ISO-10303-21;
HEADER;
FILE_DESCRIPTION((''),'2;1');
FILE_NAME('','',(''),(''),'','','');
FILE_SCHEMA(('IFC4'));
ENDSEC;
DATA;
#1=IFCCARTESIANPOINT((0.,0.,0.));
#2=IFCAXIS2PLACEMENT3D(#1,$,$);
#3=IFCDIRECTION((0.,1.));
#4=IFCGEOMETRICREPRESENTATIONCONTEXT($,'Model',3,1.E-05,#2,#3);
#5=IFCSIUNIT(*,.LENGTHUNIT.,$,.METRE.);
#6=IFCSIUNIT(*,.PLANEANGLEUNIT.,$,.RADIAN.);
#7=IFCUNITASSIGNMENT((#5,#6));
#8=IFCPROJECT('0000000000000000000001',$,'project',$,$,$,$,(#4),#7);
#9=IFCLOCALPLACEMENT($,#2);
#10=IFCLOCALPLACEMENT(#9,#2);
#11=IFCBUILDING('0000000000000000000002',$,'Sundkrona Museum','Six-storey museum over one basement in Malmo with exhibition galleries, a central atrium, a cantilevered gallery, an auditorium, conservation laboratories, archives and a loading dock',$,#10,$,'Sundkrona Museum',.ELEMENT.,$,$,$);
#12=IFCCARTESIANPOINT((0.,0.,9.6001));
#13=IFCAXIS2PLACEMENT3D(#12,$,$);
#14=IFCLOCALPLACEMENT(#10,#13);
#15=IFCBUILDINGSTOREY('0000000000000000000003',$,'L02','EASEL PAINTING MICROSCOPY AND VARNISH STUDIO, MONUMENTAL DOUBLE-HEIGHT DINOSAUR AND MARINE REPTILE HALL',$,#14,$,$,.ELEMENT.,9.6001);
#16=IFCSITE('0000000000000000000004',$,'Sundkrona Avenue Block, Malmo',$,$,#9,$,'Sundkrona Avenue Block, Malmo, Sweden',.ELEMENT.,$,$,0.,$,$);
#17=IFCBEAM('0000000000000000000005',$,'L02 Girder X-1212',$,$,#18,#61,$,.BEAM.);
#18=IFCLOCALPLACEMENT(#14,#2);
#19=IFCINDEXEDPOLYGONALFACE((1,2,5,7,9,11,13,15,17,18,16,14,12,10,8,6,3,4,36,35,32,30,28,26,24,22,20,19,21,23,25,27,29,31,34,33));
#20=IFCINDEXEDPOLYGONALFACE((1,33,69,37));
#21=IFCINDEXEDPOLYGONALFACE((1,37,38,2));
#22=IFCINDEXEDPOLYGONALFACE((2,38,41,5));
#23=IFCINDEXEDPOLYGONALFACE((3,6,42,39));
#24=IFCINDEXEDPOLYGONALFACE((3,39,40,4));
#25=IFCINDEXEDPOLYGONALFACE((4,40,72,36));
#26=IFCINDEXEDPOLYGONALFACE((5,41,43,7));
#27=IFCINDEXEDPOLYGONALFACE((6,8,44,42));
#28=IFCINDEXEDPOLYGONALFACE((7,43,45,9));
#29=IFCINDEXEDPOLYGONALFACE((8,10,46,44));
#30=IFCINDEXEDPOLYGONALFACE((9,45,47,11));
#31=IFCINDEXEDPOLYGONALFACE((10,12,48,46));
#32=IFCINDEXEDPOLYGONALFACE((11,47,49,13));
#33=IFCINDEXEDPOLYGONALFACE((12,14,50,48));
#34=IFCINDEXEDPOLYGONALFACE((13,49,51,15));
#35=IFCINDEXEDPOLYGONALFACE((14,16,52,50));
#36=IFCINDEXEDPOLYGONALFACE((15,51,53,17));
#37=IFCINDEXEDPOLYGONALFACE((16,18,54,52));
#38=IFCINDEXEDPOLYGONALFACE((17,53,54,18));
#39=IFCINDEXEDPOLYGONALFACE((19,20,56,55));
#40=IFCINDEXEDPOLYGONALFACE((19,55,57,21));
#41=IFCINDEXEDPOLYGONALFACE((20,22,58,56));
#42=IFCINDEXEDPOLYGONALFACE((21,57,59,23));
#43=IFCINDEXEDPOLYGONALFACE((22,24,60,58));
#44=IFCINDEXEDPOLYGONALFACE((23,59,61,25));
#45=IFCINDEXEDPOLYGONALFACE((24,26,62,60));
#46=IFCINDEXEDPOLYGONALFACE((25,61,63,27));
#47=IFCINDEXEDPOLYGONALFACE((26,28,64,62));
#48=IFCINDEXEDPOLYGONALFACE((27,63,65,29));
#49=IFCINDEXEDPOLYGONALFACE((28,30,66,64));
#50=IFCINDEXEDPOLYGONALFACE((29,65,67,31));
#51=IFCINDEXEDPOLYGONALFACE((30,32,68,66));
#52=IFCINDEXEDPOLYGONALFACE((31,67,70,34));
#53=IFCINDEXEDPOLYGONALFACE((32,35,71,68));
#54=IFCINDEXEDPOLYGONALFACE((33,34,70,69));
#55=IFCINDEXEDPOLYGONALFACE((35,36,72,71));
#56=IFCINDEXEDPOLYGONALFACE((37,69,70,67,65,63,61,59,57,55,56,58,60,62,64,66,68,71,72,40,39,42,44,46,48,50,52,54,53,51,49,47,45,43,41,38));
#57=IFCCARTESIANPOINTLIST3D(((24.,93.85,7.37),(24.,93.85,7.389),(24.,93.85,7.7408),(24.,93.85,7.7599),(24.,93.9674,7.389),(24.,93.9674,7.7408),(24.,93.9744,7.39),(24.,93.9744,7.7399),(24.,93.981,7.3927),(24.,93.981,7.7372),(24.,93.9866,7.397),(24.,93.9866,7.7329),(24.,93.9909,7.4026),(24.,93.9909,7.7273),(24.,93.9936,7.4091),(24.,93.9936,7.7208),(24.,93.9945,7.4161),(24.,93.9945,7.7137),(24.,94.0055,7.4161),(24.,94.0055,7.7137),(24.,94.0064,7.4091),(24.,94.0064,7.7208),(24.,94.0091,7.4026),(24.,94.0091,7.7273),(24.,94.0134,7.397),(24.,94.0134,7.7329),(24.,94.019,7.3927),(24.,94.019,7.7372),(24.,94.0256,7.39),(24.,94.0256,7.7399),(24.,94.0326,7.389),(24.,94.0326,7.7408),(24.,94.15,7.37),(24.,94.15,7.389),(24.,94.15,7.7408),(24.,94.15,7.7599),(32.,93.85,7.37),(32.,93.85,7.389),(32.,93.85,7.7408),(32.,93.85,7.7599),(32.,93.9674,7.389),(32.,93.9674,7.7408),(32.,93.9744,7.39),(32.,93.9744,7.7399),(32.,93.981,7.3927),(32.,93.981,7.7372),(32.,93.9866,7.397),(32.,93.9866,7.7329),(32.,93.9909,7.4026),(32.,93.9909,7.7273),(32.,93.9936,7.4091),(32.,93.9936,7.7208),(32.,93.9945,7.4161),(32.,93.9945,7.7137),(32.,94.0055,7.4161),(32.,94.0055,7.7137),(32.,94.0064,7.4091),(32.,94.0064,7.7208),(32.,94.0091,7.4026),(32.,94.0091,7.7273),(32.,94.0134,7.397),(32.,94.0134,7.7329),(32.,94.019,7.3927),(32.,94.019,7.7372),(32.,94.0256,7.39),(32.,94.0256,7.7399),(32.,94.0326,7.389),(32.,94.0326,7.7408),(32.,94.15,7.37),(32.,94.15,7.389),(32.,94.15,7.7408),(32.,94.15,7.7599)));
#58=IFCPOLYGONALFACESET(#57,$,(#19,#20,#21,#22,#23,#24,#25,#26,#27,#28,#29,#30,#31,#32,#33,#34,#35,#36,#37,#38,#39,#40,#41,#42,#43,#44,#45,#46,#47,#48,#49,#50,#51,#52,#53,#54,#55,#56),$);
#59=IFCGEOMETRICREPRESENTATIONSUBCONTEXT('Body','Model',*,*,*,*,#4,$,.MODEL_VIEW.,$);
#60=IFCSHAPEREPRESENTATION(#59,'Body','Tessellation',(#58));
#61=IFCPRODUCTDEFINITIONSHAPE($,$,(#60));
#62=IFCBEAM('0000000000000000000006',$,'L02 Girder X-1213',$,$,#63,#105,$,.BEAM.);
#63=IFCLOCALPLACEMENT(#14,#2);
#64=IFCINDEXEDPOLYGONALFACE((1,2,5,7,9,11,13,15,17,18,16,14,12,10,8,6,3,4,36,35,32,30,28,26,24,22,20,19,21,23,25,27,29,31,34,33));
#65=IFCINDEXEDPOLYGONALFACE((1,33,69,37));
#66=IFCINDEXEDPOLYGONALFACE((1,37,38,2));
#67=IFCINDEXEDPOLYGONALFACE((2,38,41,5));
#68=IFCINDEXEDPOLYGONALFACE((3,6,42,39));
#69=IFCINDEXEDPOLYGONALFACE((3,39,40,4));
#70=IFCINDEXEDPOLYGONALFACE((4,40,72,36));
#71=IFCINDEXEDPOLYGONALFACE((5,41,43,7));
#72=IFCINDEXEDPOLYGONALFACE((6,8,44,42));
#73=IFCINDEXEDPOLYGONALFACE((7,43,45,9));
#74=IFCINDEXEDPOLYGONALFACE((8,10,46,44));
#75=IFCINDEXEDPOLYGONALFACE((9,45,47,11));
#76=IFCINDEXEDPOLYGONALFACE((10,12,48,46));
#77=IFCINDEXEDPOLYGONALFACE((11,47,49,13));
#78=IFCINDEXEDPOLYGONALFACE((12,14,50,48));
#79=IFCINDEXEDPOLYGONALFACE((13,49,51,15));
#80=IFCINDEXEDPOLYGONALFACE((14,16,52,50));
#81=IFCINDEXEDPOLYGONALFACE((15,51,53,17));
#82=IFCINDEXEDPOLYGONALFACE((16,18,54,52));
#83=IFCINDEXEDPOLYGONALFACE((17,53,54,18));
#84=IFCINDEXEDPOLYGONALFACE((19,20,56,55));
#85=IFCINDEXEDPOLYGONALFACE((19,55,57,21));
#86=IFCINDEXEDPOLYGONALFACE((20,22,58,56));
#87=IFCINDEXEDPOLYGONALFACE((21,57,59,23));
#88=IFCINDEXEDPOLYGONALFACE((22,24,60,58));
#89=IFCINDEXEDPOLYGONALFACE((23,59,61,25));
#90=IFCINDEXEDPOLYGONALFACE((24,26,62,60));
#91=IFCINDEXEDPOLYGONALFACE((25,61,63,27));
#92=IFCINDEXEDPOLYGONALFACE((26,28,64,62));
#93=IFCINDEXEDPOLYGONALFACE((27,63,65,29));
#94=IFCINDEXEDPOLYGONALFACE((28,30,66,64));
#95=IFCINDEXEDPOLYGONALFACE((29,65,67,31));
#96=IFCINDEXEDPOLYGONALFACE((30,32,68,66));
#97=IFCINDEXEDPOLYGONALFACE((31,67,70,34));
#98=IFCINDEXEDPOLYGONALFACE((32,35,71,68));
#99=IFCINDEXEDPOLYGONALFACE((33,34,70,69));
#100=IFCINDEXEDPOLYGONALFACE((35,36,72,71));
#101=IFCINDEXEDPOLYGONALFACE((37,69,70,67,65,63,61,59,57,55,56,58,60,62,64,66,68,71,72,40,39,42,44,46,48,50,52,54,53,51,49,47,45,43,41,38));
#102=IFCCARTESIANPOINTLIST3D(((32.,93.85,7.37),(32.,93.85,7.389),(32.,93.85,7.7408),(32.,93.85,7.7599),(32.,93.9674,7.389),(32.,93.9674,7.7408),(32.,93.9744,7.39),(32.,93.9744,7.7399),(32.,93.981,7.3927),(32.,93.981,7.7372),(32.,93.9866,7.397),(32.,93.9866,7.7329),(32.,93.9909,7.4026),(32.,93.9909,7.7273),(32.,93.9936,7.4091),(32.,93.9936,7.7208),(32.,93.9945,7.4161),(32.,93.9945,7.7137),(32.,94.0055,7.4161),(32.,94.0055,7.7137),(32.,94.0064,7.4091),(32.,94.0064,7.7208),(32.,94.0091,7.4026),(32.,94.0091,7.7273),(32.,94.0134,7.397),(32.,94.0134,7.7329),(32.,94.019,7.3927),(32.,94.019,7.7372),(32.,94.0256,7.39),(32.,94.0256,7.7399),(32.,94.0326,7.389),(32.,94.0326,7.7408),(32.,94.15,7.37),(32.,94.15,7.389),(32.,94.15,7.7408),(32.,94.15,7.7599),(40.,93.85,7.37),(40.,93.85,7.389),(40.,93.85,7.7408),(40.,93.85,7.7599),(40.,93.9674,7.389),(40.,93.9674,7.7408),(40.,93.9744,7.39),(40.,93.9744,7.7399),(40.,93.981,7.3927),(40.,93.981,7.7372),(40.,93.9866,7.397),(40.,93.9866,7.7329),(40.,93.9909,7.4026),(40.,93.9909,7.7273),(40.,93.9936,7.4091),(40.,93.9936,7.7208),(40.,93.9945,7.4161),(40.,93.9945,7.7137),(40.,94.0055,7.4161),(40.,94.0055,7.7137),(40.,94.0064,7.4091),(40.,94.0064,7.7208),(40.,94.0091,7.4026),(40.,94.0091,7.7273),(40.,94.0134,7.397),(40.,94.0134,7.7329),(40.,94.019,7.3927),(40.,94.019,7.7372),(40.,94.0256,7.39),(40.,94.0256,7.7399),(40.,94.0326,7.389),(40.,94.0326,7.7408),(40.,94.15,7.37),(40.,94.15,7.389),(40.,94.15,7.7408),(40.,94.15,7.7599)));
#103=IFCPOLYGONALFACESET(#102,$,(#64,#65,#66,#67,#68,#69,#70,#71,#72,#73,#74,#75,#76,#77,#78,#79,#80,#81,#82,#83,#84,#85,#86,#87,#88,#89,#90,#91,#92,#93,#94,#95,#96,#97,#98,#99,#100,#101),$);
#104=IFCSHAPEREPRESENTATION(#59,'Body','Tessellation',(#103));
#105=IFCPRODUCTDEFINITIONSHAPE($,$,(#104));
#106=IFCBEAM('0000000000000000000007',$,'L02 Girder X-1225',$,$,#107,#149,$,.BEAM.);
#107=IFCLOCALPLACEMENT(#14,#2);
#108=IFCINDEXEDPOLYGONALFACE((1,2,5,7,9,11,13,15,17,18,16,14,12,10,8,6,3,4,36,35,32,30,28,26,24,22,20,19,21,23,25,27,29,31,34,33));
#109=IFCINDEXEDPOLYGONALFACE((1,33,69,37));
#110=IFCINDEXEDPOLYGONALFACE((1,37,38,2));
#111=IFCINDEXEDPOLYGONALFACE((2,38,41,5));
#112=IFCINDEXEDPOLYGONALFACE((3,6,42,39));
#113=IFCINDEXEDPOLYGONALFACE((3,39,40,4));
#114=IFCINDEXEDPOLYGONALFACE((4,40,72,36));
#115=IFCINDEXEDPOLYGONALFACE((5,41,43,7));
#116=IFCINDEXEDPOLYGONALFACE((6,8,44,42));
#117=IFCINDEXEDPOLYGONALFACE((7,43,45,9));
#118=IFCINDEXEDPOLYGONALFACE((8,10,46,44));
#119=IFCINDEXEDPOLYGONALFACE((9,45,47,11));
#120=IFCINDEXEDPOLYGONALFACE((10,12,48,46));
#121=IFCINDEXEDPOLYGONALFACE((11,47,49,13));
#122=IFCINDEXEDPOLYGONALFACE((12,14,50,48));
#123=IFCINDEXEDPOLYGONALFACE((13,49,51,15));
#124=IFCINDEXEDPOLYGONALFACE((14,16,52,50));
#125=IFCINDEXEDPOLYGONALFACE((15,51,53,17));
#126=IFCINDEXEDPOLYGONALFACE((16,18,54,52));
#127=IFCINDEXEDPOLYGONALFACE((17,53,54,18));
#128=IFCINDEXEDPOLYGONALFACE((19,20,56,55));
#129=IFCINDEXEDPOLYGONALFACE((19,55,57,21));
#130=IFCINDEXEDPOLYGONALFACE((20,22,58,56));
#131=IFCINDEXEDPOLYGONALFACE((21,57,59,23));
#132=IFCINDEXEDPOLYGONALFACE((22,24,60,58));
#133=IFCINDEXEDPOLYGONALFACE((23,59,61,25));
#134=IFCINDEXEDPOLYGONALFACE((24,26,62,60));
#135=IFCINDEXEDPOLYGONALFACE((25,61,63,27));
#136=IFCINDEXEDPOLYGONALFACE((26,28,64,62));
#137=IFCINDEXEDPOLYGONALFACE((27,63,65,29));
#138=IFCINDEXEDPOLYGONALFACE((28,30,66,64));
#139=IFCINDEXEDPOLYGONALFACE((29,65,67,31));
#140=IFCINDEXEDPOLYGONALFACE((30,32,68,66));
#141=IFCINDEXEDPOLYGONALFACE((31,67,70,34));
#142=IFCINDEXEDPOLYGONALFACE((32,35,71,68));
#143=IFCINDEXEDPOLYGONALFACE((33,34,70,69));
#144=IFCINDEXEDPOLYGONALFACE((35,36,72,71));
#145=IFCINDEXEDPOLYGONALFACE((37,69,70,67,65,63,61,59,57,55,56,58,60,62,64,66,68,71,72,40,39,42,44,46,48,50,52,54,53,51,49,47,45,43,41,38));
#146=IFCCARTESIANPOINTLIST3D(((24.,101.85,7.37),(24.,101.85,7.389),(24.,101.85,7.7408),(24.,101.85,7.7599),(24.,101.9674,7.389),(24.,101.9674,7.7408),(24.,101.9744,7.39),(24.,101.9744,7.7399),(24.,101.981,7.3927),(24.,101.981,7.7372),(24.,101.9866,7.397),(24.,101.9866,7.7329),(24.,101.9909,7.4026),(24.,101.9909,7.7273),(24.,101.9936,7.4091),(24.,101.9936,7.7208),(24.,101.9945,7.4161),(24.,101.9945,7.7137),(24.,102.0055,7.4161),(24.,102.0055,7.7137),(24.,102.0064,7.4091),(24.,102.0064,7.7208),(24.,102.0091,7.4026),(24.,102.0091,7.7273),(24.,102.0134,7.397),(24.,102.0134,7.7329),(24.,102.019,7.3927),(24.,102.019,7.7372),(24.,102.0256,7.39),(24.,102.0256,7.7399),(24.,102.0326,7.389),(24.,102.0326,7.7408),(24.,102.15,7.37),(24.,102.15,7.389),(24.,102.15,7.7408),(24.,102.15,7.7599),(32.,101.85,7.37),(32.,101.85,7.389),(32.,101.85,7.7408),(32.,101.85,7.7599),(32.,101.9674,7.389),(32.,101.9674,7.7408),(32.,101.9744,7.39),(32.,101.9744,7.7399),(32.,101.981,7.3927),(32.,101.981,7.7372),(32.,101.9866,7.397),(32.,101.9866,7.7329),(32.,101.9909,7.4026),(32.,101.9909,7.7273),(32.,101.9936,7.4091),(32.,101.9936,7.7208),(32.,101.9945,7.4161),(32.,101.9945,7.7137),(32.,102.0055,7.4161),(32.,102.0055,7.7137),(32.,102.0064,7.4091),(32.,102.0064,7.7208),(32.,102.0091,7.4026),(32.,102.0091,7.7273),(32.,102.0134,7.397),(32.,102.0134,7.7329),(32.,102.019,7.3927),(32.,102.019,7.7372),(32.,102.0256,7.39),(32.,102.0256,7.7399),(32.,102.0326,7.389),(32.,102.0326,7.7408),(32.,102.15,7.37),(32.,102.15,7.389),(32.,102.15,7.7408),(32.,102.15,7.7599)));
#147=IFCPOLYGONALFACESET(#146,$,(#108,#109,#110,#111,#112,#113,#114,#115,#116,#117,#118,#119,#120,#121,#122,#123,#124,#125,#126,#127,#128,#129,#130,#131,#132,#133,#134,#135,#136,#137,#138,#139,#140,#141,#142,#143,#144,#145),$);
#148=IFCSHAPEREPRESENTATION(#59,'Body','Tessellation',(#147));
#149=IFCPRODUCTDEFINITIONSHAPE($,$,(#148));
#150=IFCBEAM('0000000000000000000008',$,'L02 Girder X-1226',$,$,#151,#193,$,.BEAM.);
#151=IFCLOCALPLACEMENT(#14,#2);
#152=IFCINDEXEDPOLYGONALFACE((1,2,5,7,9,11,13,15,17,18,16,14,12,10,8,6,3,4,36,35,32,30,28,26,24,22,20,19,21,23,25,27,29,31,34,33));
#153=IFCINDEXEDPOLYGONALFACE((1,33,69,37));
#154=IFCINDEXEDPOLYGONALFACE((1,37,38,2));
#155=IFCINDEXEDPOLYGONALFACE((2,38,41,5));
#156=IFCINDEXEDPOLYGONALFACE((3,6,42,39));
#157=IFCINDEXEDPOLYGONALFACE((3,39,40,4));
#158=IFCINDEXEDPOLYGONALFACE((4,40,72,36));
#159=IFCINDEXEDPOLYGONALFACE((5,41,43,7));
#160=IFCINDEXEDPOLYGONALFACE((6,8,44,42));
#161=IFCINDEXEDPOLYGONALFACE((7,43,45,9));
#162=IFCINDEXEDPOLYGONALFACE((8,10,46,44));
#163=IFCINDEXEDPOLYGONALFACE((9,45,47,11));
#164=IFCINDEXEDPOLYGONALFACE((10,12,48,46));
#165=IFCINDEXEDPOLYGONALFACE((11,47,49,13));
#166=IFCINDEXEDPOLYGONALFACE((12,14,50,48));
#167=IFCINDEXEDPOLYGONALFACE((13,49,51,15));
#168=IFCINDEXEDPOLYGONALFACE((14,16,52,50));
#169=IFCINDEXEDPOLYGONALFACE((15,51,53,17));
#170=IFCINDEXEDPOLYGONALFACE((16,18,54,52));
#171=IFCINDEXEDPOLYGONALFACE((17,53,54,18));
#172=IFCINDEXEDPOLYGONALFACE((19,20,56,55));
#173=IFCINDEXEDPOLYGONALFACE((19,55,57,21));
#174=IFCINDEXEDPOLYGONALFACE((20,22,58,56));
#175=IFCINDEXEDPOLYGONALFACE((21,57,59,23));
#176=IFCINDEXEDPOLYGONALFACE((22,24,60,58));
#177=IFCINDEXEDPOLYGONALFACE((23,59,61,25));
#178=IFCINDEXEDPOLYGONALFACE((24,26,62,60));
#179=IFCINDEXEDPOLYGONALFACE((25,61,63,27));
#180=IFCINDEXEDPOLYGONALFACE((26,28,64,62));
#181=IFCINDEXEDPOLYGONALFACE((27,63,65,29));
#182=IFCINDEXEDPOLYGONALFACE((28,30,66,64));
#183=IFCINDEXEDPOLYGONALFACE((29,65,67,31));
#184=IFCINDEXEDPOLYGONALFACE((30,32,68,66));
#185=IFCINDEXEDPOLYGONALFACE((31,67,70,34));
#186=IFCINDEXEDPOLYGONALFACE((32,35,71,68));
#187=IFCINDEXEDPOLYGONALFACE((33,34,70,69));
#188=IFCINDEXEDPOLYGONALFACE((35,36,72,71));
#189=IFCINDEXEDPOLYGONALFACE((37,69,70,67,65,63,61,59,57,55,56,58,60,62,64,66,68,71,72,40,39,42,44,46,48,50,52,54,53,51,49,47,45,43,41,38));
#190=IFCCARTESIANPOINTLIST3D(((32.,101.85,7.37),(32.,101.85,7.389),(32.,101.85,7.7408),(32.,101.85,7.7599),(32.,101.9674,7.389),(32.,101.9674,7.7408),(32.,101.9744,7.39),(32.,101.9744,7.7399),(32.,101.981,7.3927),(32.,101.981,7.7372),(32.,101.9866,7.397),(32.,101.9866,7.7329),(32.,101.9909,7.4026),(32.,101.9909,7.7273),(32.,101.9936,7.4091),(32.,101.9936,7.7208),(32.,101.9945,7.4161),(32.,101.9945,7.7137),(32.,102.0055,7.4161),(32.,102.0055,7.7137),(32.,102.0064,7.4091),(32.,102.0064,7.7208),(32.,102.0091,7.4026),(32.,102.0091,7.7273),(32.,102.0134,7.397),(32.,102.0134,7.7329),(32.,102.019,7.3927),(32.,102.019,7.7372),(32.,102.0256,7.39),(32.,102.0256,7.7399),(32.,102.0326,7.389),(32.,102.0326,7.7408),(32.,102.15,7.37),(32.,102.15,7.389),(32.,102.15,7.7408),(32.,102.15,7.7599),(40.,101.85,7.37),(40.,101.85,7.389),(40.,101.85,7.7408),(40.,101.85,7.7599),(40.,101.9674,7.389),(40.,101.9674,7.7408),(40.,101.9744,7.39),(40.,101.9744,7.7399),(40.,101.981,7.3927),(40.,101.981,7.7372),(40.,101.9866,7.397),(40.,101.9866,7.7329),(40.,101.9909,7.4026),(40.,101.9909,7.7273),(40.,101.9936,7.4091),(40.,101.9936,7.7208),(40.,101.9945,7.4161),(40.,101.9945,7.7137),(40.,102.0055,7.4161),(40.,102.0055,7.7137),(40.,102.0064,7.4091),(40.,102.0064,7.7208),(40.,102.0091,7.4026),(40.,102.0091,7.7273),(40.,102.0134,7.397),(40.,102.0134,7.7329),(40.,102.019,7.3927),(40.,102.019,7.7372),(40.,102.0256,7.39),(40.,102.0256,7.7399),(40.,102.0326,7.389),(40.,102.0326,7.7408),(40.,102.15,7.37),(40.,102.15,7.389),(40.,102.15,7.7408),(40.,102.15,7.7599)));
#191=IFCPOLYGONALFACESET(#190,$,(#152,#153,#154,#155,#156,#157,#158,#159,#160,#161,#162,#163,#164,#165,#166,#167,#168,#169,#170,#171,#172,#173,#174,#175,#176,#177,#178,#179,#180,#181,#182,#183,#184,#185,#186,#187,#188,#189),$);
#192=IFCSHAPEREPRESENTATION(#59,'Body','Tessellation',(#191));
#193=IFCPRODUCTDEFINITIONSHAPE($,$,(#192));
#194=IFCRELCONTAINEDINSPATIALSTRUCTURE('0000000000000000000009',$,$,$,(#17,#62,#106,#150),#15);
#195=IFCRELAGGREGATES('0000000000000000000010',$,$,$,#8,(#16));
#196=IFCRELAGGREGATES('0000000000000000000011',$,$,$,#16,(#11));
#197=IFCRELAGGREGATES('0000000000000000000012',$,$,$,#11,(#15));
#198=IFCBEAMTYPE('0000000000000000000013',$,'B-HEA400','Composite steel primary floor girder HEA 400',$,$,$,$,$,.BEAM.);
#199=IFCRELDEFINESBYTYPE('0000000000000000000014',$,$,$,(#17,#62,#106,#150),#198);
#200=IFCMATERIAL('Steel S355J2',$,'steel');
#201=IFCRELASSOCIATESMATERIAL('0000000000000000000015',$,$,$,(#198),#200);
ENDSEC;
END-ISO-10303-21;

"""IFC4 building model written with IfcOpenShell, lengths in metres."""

from ifc_helpers import new_model, si_unit, direction, frame, origin, origin_2d, place, context, subcontext, project, spatial, i_section, extrude, material, material_profile, profile_set, type_object, element, save


model = new_model("IFC4")

# Units and contexts
model_context = context("Model", 3, precision=1e-05, world=origin(), true_north=direction((0.0, 1.0)))
body_context = subcontext(model_context, "Body", "Model", "MODEL_VIEW")
ifc_project = project(units=[si_unit("LENGTHUNIT", "METRE"), si_unit("PLANEANGLEUNIT", "RADIAN")], contexts=[model_context])

# Site, building, storey
site_placement = place(None, origin())
site = spatial("IfcSite", under=ifc_project, at=site_placement, Name="Sundkrona Avenue Block, Malmo", LongName="Sundkrona Avenue Block, Malmo, Sweden", CompositionType="ELEMENT", RefElevation=0.0)
building_placement = place(site_placement, origin())
building = spatial("IfcBuilding", under=site, at=building_placement, Name="Sundkrona Museum", Description="Six-storey museum over one basement in Malmo with exhibition galleries, a central atrium, a cantilevered gallery, an auditorium, conservation laboratories, archives and a loading dock", LongName="Sundkrona Museum", CompositionType="ELEMENT")
storey_placement = place(building_placement, frame((0.0, 0.0, 9.6001)))
storey = spatial("IfcBuildingStorey", under=building, at=storey_placement, Name="L02", Description="EASEL PAINTING MICROSCOPY AND VARNISH STUDIO, MONUMENTAL DOUBLE-HEIGHT DINOSAUR AND MARINE REPTILE HALL", CompositionType="ELEMENT", Elevation=9.6001)

# Shared definitions
ifc_material_1 = material(Name="Steel S355J2", Category="steel")

# Beams
ifc_material_profile_1 = material_profile(ifc_material_1, i_section(OverallWidth=0.3, OverallDepth=0.3899, WebThickness=0.011, FlangeThickness=0.019, FilletRadius=0.0271, at=origin_2d()), Name="HEA 400")
ifc_profile_set_1 = profile_set([ifc_material_profile_1], Name="Steel S355J2")
beam_type_1 = type_object("IfcBeamType", Name="B-HEA400", Description="Composite steel primary floor girder HEA 400", PredefinedType="BEAM", material=ifc_profile_set_1)
for number, where, z_axis, x_axis, name in (
    (1, (24.0, 94.0, 7.5649), (1.0, 0.0, 0.0), (0.0, 1.0, 0.0), "L02 Girder X-1212"),
    (2, (32.0, 94.0, 7.5649), (1.0, 0.0, 0.0), (0.0, 1.0, 0.0), "L02 Girder X-1213"),
    (3, (24.0, 102.0, 7.5649), (1.0, 0.0, 0.0), (0.0, 1.0, 0.0), "L02 Girder X-1225"),
    (4, (32.0, 102.0, 7.5649), (1.0, 0.0, 0.0), (0.0, 1.0, 0.0), "L02 Girder X-1226"),
):
    element("IfcBeam", number, at=place(storey_placement, frame(where, z_axis=z_axis, x_axis=x_axis)), inside=storey, type_object=beam_type_1, Name=name, PredefinedType="BEAM", context=body_context, shape_type="SweptSolid", body=[
        extrude(i_section(OverallWidth=0.3, OverallDepth=0.3899, WebThickness=0.011, FlangeThickness=0.019, FilletRadius=0.0271, at=origin_2d()), origin(), (0.0, 0.0, 1.0), 8.0),
    ])

save(model, "model.ifc")
